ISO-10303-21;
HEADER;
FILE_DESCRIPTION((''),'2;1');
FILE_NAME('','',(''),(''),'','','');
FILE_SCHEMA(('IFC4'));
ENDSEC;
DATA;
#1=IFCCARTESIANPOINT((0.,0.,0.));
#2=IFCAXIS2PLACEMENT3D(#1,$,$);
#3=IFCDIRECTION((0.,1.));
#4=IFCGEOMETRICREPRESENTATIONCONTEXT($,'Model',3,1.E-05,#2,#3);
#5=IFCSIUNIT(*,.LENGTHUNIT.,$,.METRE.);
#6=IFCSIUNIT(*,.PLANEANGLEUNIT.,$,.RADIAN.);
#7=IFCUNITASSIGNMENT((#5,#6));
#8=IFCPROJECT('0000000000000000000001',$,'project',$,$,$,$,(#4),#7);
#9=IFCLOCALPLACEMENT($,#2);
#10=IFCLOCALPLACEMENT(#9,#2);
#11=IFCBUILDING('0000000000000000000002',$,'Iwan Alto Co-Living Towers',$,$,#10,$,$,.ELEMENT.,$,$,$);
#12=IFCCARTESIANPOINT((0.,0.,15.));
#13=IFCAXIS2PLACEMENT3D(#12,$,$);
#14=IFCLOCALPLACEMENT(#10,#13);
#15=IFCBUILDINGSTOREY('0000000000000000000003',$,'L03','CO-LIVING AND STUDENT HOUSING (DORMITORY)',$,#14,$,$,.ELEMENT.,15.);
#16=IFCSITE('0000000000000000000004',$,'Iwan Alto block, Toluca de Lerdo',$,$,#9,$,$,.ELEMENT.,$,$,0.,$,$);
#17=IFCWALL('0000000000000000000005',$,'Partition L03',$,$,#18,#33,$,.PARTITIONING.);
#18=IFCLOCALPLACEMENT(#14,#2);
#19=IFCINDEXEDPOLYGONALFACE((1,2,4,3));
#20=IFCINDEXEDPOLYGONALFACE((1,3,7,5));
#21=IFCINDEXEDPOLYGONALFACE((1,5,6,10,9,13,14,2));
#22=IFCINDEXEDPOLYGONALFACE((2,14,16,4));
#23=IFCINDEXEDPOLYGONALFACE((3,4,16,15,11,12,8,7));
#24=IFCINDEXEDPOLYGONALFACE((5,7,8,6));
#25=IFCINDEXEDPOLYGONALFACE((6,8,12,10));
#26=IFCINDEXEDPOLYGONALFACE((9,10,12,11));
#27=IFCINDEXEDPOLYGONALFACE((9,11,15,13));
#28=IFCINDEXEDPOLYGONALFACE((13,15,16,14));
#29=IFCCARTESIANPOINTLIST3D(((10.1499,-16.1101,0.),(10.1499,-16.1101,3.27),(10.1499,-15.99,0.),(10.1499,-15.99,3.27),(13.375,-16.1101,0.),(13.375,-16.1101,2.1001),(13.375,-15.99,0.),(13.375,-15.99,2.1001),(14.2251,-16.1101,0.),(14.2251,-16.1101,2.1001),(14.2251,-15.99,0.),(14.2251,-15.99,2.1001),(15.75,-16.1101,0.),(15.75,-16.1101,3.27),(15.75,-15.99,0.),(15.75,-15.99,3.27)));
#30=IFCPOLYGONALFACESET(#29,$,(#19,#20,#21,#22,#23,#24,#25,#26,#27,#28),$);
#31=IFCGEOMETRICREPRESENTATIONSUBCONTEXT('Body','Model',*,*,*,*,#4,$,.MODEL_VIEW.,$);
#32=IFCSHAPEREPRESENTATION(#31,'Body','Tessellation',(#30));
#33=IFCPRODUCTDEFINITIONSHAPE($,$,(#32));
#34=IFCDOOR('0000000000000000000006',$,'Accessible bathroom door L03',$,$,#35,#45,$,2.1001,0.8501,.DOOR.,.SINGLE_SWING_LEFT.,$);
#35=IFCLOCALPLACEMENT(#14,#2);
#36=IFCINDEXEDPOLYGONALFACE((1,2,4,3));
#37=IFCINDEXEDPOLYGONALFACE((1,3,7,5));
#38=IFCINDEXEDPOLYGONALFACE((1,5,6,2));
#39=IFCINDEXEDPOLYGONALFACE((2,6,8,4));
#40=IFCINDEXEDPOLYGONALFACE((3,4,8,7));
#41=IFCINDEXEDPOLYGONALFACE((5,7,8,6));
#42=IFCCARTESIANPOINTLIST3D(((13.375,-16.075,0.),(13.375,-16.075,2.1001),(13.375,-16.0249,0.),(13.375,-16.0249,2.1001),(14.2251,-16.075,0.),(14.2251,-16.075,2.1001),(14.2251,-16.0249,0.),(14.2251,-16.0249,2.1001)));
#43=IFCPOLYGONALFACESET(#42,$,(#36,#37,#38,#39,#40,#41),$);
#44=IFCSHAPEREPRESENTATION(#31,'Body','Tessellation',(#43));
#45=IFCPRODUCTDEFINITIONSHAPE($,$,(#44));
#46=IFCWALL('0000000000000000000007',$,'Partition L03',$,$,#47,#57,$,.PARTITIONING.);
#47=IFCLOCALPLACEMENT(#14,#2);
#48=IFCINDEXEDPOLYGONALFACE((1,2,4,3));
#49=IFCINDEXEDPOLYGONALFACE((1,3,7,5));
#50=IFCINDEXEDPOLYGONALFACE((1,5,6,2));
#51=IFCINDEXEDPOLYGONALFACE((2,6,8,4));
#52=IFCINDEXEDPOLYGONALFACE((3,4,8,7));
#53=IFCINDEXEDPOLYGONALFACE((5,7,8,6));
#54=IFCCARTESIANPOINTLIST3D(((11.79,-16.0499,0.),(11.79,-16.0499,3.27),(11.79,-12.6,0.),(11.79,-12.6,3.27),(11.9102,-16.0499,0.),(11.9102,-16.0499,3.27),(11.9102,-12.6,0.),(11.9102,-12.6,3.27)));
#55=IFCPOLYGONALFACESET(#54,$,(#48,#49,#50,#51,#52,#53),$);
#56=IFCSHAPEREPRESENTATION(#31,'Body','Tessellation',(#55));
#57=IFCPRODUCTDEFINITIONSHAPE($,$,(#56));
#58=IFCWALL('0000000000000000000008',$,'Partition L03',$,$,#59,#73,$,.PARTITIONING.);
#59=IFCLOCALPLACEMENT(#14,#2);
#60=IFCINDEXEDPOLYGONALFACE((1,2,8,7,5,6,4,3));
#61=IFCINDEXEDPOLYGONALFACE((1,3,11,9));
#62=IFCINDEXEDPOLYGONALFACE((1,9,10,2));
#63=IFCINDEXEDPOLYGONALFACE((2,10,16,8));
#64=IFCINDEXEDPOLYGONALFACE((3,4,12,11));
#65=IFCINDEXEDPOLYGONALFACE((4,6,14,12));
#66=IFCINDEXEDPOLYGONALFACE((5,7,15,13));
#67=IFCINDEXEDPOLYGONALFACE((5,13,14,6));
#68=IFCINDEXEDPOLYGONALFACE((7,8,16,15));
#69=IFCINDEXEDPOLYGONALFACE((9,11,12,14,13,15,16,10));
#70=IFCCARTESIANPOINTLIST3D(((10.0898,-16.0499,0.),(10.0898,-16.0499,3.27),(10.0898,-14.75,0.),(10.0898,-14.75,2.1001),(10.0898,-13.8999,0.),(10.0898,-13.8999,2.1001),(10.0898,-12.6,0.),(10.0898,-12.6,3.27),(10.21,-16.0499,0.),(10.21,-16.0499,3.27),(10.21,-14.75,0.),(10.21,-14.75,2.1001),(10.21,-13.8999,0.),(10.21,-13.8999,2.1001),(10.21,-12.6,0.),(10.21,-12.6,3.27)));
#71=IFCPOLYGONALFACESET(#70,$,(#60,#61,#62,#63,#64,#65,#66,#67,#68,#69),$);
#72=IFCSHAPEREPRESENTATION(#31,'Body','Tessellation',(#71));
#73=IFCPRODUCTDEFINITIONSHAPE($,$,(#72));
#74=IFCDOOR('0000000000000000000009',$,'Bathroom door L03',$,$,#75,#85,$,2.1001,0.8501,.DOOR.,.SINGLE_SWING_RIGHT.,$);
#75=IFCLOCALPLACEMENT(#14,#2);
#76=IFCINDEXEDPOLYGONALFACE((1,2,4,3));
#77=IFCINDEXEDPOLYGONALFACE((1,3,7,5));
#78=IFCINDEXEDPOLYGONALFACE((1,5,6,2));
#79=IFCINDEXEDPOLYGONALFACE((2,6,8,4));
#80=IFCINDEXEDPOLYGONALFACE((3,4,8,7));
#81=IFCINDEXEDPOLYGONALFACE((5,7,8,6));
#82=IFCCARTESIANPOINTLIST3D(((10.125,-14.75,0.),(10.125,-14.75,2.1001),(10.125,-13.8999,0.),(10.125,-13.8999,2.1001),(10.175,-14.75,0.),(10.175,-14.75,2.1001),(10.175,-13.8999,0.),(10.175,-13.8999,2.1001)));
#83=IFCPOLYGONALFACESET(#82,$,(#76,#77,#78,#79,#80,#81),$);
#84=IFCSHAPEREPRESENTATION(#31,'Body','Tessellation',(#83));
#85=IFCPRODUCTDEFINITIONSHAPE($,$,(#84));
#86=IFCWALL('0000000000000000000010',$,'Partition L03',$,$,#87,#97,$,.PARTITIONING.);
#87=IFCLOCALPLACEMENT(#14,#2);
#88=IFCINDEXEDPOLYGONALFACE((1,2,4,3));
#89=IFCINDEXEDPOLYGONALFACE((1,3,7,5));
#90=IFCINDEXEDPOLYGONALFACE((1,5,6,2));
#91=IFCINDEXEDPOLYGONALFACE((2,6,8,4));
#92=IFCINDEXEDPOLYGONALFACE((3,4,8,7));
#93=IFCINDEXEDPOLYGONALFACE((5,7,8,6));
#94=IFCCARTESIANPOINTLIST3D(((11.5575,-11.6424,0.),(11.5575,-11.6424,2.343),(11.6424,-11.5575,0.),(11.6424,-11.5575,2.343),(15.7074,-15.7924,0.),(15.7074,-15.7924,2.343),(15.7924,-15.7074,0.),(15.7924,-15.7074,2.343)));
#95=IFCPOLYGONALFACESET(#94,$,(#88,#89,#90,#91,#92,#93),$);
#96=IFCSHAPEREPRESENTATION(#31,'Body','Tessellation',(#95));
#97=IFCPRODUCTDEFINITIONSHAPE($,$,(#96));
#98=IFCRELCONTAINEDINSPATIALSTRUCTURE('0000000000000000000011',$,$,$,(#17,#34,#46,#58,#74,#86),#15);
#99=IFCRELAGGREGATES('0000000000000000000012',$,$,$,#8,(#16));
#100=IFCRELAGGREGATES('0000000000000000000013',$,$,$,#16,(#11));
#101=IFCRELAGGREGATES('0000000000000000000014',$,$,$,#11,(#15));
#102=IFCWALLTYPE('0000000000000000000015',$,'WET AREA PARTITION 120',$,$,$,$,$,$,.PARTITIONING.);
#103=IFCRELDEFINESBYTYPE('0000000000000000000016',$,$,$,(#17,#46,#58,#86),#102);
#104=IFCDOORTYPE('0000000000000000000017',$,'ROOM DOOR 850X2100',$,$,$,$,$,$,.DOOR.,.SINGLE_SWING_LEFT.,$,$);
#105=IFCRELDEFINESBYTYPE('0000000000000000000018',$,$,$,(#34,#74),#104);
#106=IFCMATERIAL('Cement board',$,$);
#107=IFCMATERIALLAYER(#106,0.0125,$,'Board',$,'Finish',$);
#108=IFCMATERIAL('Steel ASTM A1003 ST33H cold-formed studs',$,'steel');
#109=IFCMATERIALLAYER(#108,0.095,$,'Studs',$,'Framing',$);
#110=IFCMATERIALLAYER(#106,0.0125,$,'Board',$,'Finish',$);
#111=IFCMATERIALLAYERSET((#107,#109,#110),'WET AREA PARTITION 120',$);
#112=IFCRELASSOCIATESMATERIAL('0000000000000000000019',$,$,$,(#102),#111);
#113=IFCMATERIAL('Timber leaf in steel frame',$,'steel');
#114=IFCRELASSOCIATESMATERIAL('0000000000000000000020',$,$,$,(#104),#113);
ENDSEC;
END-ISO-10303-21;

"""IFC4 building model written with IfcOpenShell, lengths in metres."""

from ifc_helpers import new_model, si_unit, direction, frame, frame_2d, origin, place, context, subcontext, project, spatial, rectangle, extrude, material, layer, layer_set, type_object, element, fill, save


model = new_model("IFC4")

# Units and contexts
model_context = context("Model", 3, precision=1e-05, world=origin(), true_north=direction((0.0, 1.0)))
body_context = subcontext(model_context, "Body", "Model", "MODEL_VIEW")
ifc_project = project(units=[si_unit("LENGTHUNIT", "METRE"), si_unit("PLANEANGLEUNIT", "RADIAN")], contexts=[model_context])

# Site, building, storey
site_placement = place(None, origin())
site = spatial("IfcSite", under=ifc_project, at=site_placement, Name="Iwan Alto block, Toluca de Lerdo", CompositionType="ELEMENT", RefElevation=0.0)
building_placement = place(site_placement, origin())
building = spatial("IfcBuilding", under=site, at=building_placement, Name="Iwan Alto Co-Living Towers", CompositionType="ELEMENT")
storey_placement = place(building_placement, frame((0.0, 0.0, 15.0)))
storey = spatial("IfcBuildingStorey", under=building, at=storey_placement, Name="L03", Description="CO-LIVING AND STUDENT HOUSING (DORMITORY)", CompositionType="ELEMENT", Elevation=15.0)

# Shared definitions
ifc_material_1 = material(Name="Steel ASTM A1003 ST33H cold-formed studs", Category="steel")

# Wall, opening, door
ifc_material_2 = material(Name="Cement board")
ifc_layer_1 = layer(ifc_material_2, 0.0125, Name="Board", Category="Finish")
ifc_layer_2 = layer(ifc_material_1, 0.095, Name="Studs", Category="Framing")
ifc_layer_3 = layer(ifc_material_2, 0.0125, Name="Board", Category="Finish")
ifc_layer_set_1 = layer_set([ifc_layer_1, ifc_layer_2, ifc_layer_3], Name="WET AREA PARTITION 120")
wall_type_1 = type_object("IfcWallType", Name="WET AREA PARTITION 120", PredefinedType="PARTITIONING", material=ifc_layer_set_1)
wall_1_placement = place(storey_placement, frame((10.1499, -16.05, 0.0), z_axis=(0.0, 0.0, 1.0), x_axis=(1.0, 0.0, 0.0)))
wall_1 = element("IfcWall", 1, at=wall_1_placement, inside=storey, type_object=wall_type_1, Name="Partition L03", PredefinedType="PARTITIONING", context=body_context, shape_type="SweptSolid", body=[
    extrude(rectangle(XDim=5.6001, YDim=0.1201, at=frame_2d((2.8, 0.0))), origin(), (0.0, 0.0, 1.0), 3.27),
])
opening_1_placement = place(wall_1_placement, frame((3.2251, 0.0, 0.0)))
opening_1 = element("IfcOpeningElement", 2, at=opening_1_placement, cuts=wall_1, PredefinedType="OPENING", context=body_context, shape_type="SweptSolid", body=[
    extrude(rectangle(XDim=0.8501, YDim=2.1001, at=frame_2d((0.425, 1.05))), frame((0.0, 0.0701, 0.0), z_axis=(0.0, -1.0, 0.0), x_axis=(1.0, 0.0, 0.0)), (0.0, 0.0, 1.0), 0.1401),
])
ifc_material_3 = material(Name="Timber leaf in steel frame", Category="steel")
door_type_1 = type_object("IfcDoorType", Name="ROOM DOOR 850X2100", OperationType="SINGLE_SWING_LEFT", PredefinedType="DOOR", material=ifc_material_3)
door_1_placement = place(opening_1_placement, frame((0.8501, 0.0, 0.0), z_axis=(0.0, 0.0, 1.0), x_axis=(-1.0, 0.0, 0.0)))
door_1 = element("IfcDoor", 3, at=door_1_placement, inside=storey, type_object=door_type_1, Name="Accessible bathroom door L03", OperationType="SINGLE_SWING_LEFT", OverallHeight=2.1001, OverallWidth=0.8501, PredefinedType="DOOR", context=body_context, shape_type="SweptSolid", body=[
    extrude(rectangle(XDim=0.8501, YDim=2.1001, at=frame_2d((0.425, 1.05))), frame((0.0, 0.0249, 0.0), z_axis=(0.0, -1.0, 0.0), x_axis=(1.0, 0.0, 0.0)), (0.0, 0.0, 1.0), 0.05),
])
fill(opening_1, door_1)

# Wall
wall_2_placement = place(storey_placement, frame((11.8501, -16.05, 0.0), z_axis=(0.0, 0.0, 1.0), x_axis=(0.0, 1.0, 0.0)))
element("IfcWall", 4, at=wall_2_placement, inside=storey, type_object=wall_type_1, Name="Partition L03", PredefinedType="PARTITIONING", context=body_context, shape_type="SweptSolid", body=[
    extrude(rectangle(XDim=3.45, YDim=0.1201, at=frame_2d((1.7251, 0.0))), origin(), (0.0, 0.0, 1.0), 3.27),
])

# Wall, opening, door
wall_3_placement = place(storey_placement, frame((10.1499, -16.05, 0.0), z_axis=(0.0, 0.0, 1.0), x_axis=(0.0, 1.0, 0.0)))
wall_3 = element("IfcWall", 5, at=wall_3_placement, inside=storey, type_object=wall_type_1, Name="Partition L03", PredefinedType="PARTITIONING", context=body_context, shape_type="SweptSolid", body=[
    extrude(rectangle(XDim=3.45, YDim=0.1201, at=frame_2d((1.7251, 0.0))), origin(), (0.0, 0.0, 1.0), 3.27),
])
opening_2_placement = place(wall_3_placement, frame((1.3, 0.0, 0.0)))
opening_2 = element("IfcOpeningElement", 6, at=opening_2_placement, cuts=wall_3, PredefinedType="OPENING", context=body_context, shape_type="SweptSolid", body=[
    extrude(rectangle(XDim=0.8501, YDim=2.1001, at=frame_2d((0.425, 1.05))), frame((0.0, 0.0701, 0.0), z_axis=(0.0, -1.0, 0.0), x_axis=(1.0, 0.0, 0.0)), (0.0, 0.0, 1.0), 0.1401),
])
door_2_placement = place(opening_2_placement, origin())
door_2 = element("IfcDoor", 7, at=door_2_placement, inside=storey, type_object=door_type_1, Name="Bathroom door L03", OperationType="SINGLE_SWING_RIGHT", OverallHeight=2.1001, OverallWidth=0.8501, PredefinedType="DOOR", context=body_context, shape_type="SweptSolid", body=[
    extrude(rectangle(XDim=0.8501, YDim=2.1001, at=frame_2d((0.425, 1.05))), frame((0.0, 0.0249, 0.0), z_axis=(0.0, -1.0, 0.0), x_axis=(1.0, 0.0, 0.0)), (0.0, 0.0, 1.0), 0.05),
])
fill(opening_2, door_2)

# Wall
wall_4_placement = place(storey_placement, frame((15.75, -15.75, 0.0), z_axis=(0.0, 0.0, 1.0), x_axis=(-0.707107, 0.707107, 0.0)))
element("IfcWall", 8, at=wall_4_placement, inside=storey, type_object=wall_type_1, Name="Partition L03", PredefinedType="PARTITIONING", context=body_context, shape_type="SweptSolid", body=[
    extrude(rectangle(XDim=5.8689, YDim=0.1201, at=frame_2d((2.9346, 0.0))), origin(), (0.0, 0.0, 1.0), 2.343),
])

save(model, "model.ifc")
